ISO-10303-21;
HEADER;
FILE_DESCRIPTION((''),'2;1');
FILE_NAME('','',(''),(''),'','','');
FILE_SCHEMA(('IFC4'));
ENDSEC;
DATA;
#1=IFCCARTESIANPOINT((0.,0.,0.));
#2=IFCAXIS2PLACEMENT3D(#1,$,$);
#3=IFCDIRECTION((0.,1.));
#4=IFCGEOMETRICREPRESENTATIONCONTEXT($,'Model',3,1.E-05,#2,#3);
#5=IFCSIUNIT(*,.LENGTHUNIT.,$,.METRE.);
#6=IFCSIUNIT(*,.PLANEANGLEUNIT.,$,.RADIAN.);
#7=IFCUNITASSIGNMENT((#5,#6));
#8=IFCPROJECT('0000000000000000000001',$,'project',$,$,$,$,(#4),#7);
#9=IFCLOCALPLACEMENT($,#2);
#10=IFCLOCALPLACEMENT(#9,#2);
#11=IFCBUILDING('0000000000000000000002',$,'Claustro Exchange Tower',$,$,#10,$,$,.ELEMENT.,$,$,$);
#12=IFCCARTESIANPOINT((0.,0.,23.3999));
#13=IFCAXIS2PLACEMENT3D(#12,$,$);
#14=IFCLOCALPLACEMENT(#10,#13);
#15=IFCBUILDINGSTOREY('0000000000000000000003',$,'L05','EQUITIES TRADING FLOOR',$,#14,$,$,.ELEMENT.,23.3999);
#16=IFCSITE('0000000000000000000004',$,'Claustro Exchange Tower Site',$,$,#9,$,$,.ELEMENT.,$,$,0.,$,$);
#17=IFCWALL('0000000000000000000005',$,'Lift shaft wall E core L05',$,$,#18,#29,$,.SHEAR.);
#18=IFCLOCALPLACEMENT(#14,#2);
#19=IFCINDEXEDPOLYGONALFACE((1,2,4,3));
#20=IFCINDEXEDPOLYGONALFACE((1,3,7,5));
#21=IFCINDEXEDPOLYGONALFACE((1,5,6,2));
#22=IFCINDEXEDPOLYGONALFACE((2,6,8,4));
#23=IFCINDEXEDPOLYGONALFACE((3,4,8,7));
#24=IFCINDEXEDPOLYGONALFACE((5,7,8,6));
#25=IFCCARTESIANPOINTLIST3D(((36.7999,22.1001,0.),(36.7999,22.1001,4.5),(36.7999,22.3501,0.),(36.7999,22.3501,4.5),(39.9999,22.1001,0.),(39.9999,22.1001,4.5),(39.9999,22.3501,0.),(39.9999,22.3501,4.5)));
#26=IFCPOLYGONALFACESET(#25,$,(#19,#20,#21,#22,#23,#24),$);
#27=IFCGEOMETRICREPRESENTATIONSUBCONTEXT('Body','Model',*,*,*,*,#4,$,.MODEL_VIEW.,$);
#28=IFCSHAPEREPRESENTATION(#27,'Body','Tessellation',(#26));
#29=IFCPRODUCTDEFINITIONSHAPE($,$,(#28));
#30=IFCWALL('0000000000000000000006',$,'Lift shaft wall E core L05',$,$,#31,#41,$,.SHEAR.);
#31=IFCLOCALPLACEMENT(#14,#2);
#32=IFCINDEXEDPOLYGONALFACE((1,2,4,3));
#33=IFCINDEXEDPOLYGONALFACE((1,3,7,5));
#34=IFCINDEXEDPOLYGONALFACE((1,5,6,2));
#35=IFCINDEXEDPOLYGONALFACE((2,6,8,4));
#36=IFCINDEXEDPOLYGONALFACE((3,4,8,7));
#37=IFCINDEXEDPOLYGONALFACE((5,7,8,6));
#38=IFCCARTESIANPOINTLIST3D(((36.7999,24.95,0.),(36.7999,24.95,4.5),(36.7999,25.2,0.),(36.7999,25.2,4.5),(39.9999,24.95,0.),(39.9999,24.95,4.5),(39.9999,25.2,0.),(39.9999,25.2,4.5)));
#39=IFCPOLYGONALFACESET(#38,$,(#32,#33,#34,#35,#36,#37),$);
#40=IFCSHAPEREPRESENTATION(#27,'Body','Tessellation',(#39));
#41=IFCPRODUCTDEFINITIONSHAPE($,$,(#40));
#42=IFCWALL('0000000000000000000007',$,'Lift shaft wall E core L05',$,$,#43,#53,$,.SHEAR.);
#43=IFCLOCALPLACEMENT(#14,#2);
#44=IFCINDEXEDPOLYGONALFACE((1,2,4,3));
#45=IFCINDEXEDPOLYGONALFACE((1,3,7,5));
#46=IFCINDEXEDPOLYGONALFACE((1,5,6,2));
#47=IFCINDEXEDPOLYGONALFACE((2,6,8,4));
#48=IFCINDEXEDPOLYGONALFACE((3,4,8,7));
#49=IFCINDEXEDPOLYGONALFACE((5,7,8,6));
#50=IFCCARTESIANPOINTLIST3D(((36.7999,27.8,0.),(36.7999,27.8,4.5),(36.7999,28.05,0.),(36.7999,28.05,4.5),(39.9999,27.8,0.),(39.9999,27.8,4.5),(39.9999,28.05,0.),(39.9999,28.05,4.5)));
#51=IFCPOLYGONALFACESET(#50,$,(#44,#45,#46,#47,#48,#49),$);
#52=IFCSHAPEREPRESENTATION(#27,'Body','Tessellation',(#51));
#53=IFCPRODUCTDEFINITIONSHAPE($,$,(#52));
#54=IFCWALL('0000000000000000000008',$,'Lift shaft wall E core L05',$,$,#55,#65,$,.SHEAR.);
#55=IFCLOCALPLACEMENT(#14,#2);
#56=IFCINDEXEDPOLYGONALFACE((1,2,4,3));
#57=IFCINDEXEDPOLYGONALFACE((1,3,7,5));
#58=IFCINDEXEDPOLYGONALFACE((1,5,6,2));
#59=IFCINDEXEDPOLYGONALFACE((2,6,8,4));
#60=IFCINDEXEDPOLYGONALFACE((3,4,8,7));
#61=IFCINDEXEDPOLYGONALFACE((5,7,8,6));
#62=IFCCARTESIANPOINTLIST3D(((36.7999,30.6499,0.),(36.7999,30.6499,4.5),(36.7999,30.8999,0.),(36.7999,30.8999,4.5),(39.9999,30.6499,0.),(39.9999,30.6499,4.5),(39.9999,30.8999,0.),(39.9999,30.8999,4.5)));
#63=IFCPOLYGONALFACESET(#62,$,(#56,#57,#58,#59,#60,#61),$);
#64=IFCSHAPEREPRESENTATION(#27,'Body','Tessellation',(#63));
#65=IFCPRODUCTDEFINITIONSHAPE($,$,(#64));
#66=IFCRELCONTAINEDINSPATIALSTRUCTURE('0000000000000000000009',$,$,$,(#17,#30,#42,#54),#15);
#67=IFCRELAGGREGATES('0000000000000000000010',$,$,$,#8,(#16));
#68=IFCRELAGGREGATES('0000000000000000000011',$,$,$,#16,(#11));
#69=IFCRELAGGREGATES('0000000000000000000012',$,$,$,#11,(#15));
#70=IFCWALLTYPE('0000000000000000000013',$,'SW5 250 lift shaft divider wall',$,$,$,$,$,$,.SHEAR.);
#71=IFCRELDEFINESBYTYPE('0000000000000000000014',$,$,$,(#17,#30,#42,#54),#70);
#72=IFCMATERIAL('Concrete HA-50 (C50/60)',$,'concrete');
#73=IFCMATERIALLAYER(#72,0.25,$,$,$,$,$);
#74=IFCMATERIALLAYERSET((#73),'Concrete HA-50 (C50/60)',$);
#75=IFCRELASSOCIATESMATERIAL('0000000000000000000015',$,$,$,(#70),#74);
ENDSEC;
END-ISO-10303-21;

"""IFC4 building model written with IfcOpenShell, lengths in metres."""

from ifc_helpers import new_model, si_unit, direction, frame, frame_2d, origin, place, context, subcontext, project, spatial, rectangle, extrude, material, layer, layer_set, type_object, element, save


model = new_model("IFC4")

# Units and contexts
model_context = context("Model", 3, precision=1e-05, world=origin(), true_north=direction((0.0, 1.0)))
body_context = subcontext(model_context, "Body", "Model", "MODEL_VIEW")
ifc_project = project(units=[si_unit("LENGTHUNIT", "METRE"), si_unit("PLANEANGLEUNIT", "RADIAN")], contexts=[model_context])

# Site, building, storey
site_placement = place(None, origin())
site = spatial("IfcSite", under=ifc_project, at=site_placement, Name="Claustro Exchange Tower Site", CompositionType="ELEMENT", RefElevation=0.0)
building_placement = place(site_placement, origin())
building = spatial("IfcBuilding", under=site, at=building_placement, Name="Claustro Exchange Tower", CompositionType="ELEMENT")
storey_placement = place(building_placement, frame((0.0, 0.0, 23.3999)))
storey = spatial("IfcBuildingStorey", under=building, at=storey_placement, Name="L05", Description="EQUITIES TRADING FLOOR", CompositionType="ELEMENT", Elevation=23.3999)

# Walls
ifc_material_1 = material(Name="Concrete HA-50 (C50/60)", Category="concrete")
ifc_layer_1 = layer(ifc_material_1, 0.25)
ifc_layer_set_1 = layer_set([ifc_layer_1], Name="Concrete HA-50 (C50/60)")
wall_type_1 = type_object("IfcWallType", Name="SW5 250 lift shaft divider wall", PredefinedType="SHEAR", material=ifc_layer_set_1)
for number, where, z_axis, x_axis, name in (
    (1, (40.0, 22.2251, 0.0), (0.0, 0.0, 1.0), (-1.0, 0.0, 0.0), "Lift shaft wall E core L05"),
    (2, (40.0, 25.075, 0.0), (0.0, 0.0, 1.0), (-1.0, 0.0, 0.0), "Lift shaft wall E core L05"),
    (3, (40.0, 27.925, 0.0), (0.0, 0.0, 1.0), (-1.0, 0.0, 0.0), "Lift shaft wall E core L05"),
    (4, (40.0, 30.7749, 0.0), (0.0, 0.0, 1.0), (-1.0, 0.0, 0.0), "Lift shaft wall E core L05"),
):
    element("IfcWall", number, at=place(storey_placement, frame(where, z_axis=z_axis, x_axis=x_axis)), inside=storey, type_object=wall_type_1, Name=name, PredefinedType="SHEAR", context=body_context, shape_type="SweptSolid", body=[
        extrude(rectangle(XDim=3.2, YDim=0.25, at=frame_2d((1.6001, 0.0))), origin(), (0.0, 0.0, 1.0), 4.5),
    ])

save(model, "model.ifc")
